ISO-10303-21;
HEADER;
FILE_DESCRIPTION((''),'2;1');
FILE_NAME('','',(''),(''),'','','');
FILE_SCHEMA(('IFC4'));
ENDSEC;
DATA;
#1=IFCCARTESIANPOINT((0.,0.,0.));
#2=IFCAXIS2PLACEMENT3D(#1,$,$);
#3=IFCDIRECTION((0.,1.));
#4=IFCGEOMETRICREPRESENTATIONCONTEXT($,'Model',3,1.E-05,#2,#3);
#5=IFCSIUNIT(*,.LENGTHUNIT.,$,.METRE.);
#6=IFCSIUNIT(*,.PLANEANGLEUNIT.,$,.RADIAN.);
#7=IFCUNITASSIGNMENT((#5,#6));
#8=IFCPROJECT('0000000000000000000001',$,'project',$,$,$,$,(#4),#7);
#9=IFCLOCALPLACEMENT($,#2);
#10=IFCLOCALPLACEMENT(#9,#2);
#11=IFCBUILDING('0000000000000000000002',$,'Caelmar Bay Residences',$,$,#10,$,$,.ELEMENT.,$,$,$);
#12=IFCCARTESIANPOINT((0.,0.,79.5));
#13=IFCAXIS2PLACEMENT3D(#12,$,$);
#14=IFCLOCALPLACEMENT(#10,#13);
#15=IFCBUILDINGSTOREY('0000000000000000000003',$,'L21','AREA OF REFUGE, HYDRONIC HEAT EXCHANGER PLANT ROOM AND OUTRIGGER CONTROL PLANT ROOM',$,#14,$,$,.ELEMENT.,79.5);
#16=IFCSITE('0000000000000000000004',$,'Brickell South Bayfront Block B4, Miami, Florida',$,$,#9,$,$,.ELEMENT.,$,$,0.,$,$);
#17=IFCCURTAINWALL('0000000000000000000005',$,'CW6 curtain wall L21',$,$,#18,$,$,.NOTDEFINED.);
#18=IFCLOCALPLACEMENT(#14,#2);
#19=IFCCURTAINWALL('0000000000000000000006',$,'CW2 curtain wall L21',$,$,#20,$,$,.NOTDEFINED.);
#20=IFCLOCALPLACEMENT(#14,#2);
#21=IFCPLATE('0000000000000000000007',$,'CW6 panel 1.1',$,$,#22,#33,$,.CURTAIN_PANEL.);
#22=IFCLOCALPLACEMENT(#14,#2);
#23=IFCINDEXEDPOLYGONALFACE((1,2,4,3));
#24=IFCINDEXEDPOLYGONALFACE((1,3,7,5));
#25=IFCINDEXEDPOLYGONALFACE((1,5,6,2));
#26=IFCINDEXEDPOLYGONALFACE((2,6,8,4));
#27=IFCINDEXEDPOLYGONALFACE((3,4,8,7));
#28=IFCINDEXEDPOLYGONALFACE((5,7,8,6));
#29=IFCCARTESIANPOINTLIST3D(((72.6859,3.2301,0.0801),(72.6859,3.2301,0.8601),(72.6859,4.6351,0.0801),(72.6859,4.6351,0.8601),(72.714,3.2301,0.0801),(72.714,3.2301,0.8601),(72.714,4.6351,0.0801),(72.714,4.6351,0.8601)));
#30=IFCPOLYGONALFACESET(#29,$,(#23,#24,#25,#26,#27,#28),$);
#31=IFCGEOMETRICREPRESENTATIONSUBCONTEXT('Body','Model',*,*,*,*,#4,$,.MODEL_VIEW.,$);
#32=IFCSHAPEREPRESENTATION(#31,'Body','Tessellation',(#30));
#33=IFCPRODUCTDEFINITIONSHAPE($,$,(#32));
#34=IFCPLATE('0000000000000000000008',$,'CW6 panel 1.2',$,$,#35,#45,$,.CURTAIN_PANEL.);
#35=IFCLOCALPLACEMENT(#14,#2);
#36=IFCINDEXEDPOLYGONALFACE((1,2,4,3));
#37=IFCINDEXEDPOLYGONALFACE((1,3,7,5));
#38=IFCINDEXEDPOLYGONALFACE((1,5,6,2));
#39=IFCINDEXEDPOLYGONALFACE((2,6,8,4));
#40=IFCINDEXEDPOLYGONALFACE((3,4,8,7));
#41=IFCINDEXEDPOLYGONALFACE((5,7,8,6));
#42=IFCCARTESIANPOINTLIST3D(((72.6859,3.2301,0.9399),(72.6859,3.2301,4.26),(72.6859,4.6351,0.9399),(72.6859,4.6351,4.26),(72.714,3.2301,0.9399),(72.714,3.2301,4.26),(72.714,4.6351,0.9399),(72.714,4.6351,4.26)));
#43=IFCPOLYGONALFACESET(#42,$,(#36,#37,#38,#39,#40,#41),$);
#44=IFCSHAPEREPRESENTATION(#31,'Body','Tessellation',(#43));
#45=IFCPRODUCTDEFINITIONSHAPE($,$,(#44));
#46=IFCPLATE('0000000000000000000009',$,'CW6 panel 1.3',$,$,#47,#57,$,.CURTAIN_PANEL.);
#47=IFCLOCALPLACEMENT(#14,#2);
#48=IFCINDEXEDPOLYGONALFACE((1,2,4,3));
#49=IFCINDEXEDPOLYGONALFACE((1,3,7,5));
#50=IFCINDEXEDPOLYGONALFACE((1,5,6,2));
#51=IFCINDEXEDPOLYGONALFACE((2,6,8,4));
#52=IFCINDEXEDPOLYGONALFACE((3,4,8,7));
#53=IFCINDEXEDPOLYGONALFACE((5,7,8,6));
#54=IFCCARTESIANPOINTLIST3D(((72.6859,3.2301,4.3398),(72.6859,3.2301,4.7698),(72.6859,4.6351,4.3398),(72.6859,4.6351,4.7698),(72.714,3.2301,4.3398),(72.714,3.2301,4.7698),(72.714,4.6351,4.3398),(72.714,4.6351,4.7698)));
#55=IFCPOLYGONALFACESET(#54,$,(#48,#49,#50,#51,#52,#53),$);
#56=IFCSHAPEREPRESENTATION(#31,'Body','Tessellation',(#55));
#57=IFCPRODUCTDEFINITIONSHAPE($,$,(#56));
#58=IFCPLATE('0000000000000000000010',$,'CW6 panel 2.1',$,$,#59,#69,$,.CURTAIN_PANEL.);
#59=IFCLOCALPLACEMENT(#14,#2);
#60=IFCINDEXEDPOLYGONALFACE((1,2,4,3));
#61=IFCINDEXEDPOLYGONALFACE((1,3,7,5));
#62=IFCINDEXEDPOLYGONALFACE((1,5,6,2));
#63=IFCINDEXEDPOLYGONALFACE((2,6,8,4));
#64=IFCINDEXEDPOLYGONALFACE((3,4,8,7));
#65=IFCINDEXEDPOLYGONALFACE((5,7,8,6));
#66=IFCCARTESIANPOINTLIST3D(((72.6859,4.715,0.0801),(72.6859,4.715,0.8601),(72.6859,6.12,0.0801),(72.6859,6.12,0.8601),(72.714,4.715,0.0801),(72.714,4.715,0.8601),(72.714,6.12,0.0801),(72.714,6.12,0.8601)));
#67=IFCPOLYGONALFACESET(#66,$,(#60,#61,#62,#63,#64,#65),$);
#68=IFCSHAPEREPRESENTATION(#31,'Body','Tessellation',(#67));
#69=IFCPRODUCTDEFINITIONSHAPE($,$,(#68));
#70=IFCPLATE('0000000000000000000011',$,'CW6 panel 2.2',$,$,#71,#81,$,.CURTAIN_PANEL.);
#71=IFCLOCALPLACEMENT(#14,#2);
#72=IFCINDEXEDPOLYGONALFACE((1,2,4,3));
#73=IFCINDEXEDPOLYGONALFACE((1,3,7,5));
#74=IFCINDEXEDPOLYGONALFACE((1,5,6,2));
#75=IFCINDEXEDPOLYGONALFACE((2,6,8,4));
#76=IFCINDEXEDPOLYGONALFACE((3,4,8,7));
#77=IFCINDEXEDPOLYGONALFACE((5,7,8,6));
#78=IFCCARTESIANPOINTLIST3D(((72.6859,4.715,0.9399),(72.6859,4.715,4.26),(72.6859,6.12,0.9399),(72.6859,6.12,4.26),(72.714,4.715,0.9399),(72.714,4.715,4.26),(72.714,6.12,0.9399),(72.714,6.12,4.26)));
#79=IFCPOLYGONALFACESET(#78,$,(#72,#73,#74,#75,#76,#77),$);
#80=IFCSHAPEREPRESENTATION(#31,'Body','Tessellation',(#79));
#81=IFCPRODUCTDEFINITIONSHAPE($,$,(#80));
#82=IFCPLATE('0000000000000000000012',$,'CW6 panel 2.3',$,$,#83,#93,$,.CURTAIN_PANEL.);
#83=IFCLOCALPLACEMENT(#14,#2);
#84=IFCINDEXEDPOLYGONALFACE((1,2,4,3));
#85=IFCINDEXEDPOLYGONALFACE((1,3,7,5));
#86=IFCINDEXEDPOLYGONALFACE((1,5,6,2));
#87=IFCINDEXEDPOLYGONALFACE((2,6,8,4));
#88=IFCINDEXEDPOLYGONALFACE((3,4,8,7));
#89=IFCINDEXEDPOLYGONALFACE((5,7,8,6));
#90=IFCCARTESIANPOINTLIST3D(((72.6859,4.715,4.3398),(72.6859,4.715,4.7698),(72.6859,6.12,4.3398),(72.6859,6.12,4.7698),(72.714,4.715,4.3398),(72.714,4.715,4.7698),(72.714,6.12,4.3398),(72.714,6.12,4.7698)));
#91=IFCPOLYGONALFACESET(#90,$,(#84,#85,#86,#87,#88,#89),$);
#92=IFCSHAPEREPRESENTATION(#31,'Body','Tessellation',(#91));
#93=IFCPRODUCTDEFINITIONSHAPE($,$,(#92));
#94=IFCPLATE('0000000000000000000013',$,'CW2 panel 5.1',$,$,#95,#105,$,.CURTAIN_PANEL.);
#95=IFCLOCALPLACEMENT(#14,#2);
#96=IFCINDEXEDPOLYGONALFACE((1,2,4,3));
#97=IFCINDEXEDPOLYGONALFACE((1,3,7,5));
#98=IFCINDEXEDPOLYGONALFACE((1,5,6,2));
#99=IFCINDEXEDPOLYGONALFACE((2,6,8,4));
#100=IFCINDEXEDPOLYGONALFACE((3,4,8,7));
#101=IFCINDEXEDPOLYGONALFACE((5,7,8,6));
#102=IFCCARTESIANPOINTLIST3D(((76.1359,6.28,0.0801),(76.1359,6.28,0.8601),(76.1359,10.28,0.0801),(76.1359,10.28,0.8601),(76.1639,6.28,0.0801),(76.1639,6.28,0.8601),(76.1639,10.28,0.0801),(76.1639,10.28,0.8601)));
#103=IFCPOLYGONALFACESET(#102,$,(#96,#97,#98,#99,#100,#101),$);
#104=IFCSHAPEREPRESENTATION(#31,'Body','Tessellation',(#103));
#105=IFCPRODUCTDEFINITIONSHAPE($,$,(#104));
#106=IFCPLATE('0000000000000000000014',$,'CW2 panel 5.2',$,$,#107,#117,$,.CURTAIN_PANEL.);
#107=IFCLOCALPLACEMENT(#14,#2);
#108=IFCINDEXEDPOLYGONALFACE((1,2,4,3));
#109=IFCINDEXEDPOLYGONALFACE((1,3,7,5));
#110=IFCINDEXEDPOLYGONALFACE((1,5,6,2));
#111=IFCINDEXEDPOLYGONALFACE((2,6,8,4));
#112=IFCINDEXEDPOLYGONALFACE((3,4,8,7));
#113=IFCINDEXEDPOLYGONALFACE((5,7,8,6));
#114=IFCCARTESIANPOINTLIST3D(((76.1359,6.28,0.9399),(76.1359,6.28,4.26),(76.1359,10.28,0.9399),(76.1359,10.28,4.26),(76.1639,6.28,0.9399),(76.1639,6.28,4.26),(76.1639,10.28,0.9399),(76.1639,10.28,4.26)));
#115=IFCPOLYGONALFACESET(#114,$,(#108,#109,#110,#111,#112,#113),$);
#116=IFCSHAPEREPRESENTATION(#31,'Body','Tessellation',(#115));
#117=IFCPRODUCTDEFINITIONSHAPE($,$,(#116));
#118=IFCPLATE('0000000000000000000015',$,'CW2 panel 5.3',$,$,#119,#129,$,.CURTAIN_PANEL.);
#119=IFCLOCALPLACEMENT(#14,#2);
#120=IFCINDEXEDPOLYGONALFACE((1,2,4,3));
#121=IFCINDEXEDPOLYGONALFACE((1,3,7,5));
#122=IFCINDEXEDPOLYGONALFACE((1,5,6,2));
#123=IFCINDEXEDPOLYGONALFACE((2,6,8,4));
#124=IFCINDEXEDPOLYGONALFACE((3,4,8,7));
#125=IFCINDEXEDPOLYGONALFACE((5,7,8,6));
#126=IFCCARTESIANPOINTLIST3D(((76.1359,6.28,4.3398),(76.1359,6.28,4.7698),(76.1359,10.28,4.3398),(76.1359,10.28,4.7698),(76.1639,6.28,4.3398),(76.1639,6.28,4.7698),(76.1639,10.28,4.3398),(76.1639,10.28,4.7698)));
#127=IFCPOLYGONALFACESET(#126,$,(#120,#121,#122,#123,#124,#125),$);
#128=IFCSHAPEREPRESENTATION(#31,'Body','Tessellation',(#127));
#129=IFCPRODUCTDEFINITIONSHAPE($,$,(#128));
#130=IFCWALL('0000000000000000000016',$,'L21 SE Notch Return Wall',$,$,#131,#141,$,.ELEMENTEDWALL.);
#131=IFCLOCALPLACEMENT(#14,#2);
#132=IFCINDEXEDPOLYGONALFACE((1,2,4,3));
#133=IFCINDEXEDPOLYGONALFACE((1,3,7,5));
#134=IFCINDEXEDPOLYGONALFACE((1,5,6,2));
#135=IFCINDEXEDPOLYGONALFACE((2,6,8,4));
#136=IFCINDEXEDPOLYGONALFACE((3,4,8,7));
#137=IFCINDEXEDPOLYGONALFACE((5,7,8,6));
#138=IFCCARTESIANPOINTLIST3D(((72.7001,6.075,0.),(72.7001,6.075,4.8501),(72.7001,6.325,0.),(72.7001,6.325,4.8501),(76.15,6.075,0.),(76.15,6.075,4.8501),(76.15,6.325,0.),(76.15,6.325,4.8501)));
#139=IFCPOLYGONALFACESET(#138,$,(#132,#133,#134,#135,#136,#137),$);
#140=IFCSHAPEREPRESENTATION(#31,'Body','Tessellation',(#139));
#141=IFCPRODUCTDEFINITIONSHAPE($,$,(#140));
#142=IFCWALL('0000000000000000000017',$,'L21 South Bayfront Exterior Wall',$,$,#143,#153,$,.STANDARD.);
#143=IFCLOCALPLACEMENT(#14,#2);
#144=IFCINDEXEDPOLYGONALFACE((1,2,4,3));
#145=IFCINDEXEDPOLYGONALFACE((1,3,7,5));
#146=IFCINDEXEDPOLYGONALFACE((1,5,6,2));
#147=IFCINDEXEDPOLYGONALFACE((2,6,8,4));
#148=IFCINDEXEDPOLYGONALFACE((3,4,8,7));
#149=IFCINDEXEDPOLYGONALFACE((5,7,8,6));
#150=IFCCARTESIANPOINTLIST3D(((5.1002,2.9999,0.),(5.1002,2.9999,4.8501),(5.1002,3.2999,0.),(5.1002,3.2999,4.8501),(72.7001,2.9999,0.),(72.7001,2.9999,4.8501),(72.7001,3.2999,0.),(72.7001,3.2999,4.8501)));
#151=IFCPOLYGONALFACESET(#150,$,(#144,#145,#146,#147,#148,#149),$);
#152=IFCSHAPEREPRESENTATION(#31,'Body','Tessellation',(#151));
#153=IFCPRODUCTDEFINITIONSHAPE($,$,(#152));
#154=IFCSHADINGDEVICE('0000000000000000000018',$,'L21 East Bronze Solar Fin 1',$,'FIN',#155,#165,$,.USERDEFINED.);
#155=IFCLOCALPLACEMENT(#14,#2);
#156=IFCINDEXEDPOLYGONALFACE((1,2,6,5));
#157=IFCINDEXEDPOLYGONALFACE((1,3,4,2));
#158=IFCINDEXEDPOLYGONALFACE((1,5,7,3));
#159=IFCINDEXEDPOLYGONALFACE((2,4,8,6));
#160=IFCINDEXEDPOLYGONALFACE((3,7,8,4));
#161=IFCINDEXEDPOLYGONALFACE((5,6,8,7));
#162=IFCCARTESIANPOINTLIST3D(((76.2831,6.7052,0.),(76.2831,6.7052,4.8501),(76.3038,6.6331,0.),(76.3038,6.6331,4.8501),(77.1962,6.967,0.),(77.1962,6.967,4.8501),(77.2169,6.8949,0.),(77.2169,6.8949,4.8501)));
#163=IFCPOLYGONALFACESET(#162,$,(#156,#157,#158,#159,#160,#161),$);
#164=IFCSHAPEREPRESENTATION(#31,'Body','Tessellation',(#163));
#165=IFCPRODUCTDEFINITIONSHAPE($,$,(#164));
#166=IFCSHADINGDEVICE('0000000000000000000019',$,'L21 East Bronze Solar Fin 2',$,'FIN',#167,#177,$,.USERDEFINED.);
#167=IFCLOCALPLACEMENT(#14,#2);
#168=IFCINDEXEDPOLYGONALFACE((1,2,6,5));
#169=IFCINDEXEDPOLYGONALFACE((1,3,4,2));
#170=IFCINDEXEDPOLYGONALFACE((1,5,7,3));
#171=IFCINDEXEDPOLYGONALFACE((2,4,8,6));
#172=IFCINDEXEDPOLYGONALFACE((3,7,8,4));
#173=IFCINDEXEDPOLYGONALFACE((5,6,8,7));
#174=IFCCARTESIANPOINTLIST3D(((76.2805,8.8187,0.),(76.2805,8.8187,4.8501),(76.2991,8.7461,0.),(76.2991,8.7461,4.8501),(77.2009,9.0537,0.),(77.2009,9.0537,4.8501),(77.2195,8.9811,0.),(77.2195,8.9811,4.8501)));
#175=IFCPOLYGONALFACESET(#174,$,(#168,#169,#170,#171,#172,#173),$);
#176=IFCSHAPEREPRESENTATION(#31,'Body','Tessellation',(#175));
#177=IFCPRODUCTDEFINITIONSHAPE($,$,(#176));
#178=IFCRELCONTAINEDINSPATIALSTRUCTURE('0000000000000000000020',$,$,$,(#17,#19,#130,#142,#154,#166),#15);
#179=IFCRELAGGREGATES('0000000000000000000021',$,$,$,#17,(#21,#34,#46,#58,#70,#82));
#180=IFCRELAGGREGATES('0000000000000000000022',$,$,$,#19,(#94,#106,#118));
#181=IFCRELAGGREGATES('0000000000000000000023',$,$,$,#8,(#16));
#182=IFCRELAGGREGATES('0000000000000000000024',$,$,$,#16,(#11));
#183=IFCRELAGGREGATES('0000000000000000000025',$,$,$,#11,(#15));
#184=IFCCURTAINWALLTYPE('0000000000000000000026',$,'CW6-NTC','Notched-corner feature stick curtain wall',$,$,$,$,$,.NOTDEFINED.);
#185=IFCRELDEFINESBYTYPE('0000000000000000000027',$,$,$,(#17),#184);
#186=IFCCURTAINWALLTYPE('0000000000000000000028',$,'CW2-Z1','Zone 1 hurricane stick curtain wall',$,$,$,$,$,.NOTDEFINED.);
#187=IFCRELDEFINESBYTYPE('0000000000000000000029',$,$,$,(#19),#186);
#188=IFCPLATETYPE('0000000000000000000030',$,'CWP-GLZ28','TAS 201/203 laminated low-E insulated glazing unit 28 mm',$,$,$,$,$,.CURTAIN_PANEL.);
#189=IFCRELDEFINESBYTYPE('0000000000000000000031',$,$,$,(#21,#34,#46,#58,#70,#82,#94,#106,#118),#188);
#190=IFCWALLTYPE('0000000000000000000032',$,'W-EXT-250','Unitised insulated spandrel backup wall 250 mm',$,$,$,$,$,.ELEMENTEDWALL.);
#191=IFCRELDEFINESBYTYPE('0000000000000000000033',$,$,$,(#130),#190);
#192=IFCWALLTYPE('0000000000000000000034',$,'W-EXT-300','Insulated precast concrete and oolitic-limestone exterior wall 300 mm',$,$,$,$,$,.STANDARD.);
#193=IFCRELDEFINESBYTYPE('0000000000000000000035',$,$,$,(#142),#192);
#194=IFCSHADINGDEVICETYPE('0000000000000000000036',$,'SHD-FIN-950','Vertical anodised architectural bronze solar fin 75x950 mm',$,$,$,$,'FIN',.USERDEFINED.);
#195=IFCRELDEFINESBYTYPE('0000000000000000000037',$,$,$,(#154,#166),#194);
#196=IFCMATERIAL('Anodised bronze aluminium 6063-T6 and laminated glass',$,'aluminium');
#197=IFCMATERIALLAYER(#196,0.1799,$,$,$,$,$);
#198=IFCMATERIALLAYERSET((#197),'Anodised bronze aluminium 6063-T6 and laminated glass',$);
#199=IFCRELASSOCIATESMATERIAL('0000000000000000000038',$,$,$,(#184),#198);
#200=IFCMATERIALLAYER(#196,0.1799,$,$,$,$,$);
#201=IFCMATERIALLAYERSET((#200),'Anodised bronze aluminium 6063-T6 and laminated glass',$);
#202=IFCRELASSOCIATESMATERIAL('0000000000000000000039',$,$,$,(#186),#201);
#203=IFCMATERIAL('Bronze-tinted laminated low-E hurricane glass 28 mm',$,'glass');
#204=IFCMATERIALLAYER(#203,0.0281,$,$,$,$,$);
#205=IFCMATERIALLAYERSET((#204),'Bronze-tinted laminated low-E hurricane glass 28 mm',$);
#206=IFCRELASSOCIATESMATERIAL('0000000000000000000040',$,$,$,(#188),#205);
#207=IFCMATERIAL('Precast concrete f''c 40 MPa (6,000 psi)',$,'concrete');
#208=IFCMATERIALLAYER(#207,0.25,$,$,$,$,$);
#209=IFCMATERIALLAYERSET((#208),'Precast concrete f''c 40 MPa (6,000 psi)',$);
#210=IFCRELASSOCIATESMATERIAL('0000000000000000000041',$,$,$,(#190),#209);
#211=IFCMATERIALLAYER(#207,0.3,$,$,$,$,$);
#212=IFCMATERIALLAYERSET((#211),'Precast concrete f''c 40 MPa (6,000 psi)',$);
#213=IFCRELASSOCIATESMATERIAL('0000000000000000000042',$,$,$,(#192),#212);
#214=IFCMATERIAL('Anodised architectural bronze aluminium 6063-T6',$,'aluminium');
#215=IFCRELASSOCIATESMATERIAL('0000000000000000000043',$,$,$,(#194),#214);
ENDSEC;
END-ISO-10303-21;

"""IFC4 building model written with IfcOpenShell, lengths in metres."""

from ifc_helpers import new_model, si_unit, direction, frame, frame_2d, origin, origin_2d, place, context, subcontext, project, spatial, rectangle, extrude, material, layer, layer_set, material_profile, profile_set, type_object, element, aggregate, save


model = new_model("IFC4")

# Units and contexts
model_context = context("Model", 3, precision=1e-05, world=origin(), true_north=direction((0.0, 1.0)))
body_context = subcontext(model_context, "Body", "Model", "MODEL_VIEW")
ifc_project = project(units=[si_unit("LENGTHUNIT", "METRE"), si_unit("PLANEANGLEUNIT", "RADIAN")], contexts=[model_context])

# Site, building, storey
site_placement = place(None, origin())
site = spatial("IfcSite", under=ifc_project, at=site_placement, Name="Brickell South Bayfront Block B4, Miami, Florida", CompositionType="ELEMENT", RefElevation=0.0)
building_placement = place(site_placement, origin())
building = spatial("IfcBuilding", under=site, at=building_placement, Name="Caelmar Bay Residences", CompositionType="ELEMENT")
storey_placement = place(building_placement, frame((0.0, 0.0, 79.5)))
storey = spatial("IfcBuildingStorey", under=building, at=storey_placement, Name="L21", Description="AREA OF REFUGE, HYDRONIC HEAT EXCHANGER PLANT ROOM AND OUTRIGGER CONTROL PLANT ROOM", CompositionType="ELEMENT", Elevation=79.5)

# Curtain wall
ifc_material_1 = material(Name="Anodised bronze aluminium 6063-T6 and laminated glass", Category="aluminium")
ifc_layer_1 = layer(ifc_material_1, 0.1799)
ifc_layer_set_1 = layer_set([ifc_layer_1], Name="Anodised bronze aluminium 6063-T6 and laminated glass")
curtain_wall_type_1 = type_object("IfcCurtainWallType", Name="CW6-NTC", Description="Notched-corner feature stick curtain wall", PredefinedType="NOTDEFINED", material=ifc_layer_set_1)
curtain_wall_1_placement = place(storey_placement, origin())
curtain_wall_1 = element("IfcCurtainWall", 1, at=curtain_wall_1_placement, inside=storey, type_object=curtain_wall_type_1, Name="CW6 curtain wall L21", PredefinedType="NOTDEFINED")

# Curtain wall
ifc_layer_2 = layer(ifc_material_1, 0.1799)
ifc_layer_set_2 = layer_set([ifc_layer_2], Name="Anodised bronze aluminium 6063-T6 and laminated glass")
curtain_wall_type_2 = type_object("IfcCurtainWallType", Name="CW2-Z1", Description="Zone 1 hurricane stick curtain wall", PredefinedType="NOTDEFINED", material=ifc_layer_set_2)
curtain_wall_2_placement = place(storey_placement, origin())
curtain_wall_2 = element("IfcCurtainWall", 2, at=curtain_wall_2_placement, inside=storey, type_object=curtain_wall_type_2, Name="CW2 curtain wall L21", PredefinedType="NOTDEFINED")

# Plates
ifc_material_2 = material(Name="Bronze-tinted laminated low-E hurricane glass 28 mm", Category="glass")
ifc_layer_3 = layer(ifc_material_2, 0.0281)
ifc_layer_set_3 = layer_set([ifc_layer_3], Name="Bronze-tinted laminated low-E hurricane glass 28 mm")
plate_type = type_object("IfcPlateType", Name="CWP-GLZ28", Description="TAS 201/203 laminated low-E insulated glazing unit 28 mm", PredefinedType="CURTAIN_PANEL", material=ifc_layer_set_3)
plate_1_placement = place(storey_placement, frame((72.7, 3.9326, 0.0801), z_axis=(0.0, 0.0, 1.0), x_axis=(0.0, 1.0, 0.0)))
plate_1 = element("IfcPlate", 3, at=plate_1_placement, type_object=plate_type, Name="CW6 panel 1.1", PredefinedType="CURTAIN_PANEL", context=body_context, shape_type="SweptSolid", body=[
    extrude(rectangle(XDim=1.405, YDim=0.0281, at=origin_2d()), origin(), (0.0, 0.0, 1.0), 0.78),
])
plate_2_placement = place(storey_placement, frame((72.7, 3.9326, 0.9399), z_axis=(0.0, 0.0, 1.0), x_axis=(0.0, 1.0, 0.0)))
plate_2 = element("IfcPlate", 4, at=plate_2_placement, type_object=plate_type, Name="CW6 panel 1.2", PredefinedType="CURTAIN_PANEL", context=body_context, shape_type="SweptSolid", body=[
    extrude(rectangle(XDim=1.405, YDim=0.0281, at=origin_2d()), origin(), (0.0, 0.0, 1.0), 3.3201),
])
plate_3_placement = place(storey_placement, frame((72.7, 3.9326, 4.3398), z_axis=(0.0, 0.0, 1.0), x_axis=(0.0, 1.0, 0.0)))
plate_3 = element("IfcPlate", 5, at=plate_3_placement, type_object=plate_type, Name="CW6 panel 1.3", PredefinedType="CURTAIN_PANEL", context=body_context, shape_type="SweptSolid", body=[
    extrude(rectangle(XDim=1.405, YDim=0.0281, at=origin_2d()), origin(), (0.0, 0.0, 1.0), 0.4299),
])
plate_4_placement = place(storey_placement, frame((72.7, 5.4175, 0.0801), z_axis=(0.0, 0.0, 1.0), x_axis=(0.0, 1.0, 0.0)))
plate_4 = element("IfcPlate", 6, at=plate_4_placement, type_object=plate_type, Name="CW6 panel 2.1", PredefinedType="CURTAIN_PANEL", context=body_context, shape_type="SweptSolid", body=[
    extrude(rectangle(XDim=1.405, YDim=0.0281, at=origin_2d()), origin(), (0.0, 0.0, 1.0), 0.78),
])
plate_5_placement = place(storey_placement, frame((72.7, 5.4175, 0.9399), z_axis=(0.0, 0.0, 1.0), x_axis=(0.0, 1.0, 0.0)))
plate_5 = element("IfcPlate", 7, at=plate_5_placement, type_object=plate_type, Name="CW6 panel 2.2", PredefinedType="CURTAIN_PANEL", context=body_context, shape_type="SweptSolid", body=[
    extrude(rectangle(XDim=1.405, YDim=0.0281, at=origin_2d()), origin(), (0.0, 0.0, 1.0), 3.3201),
])
plate_6_placement = place(storey_placement, frame((72.7, 5.4175, 4.3398), z_axis=(0.0, 0.0, 1.0), x_axis=(0.0, 1.0, 0.0)))
plate_6 = element("IfcPlate", 8, at=plate_6_placement, type_object=plate_type, Name="CW6 panel 2.3", PredefinedType="CURTAIN_PANEL", context=body_context, shape_type="SweptSolid", body=[
    extrude(rectangle(XDim=1.405, YDim=0.0281, at=origin_2d()), origin(), (0.0, 0.0, 1.0), 0.4299),
])
aggregate(curtain_wall_1, [plate_1, plate_2, plate_3, plate_4, plate_5, plate_6])
plate_7_placement = place(storey_placement, frame((76.1499, 8.28, 0.0801), z_axis=(0.0, 0.0, 1.0), x_axis=(0.0, -1.0, 0.0)))
plate_7 = element("IfcPlate", 9, at=plate_7_placement, type_object=plate_type, Name="CW2 panel 5.1", PredefinedType="CURTAIN_PANEL", context=body_context, shape_type="SweptSolid", body=[
    extrude(rectangle(XDim=4.0, YDim=0.0281, at=origin_2d()), origin(), (0.0, 0.0, 1.0), 0.78),
])
plate_8_placement = place(storey_placement, frame((76.1499, 8.28, 0.9399), z_axis=(0.0, 0.0, 1.0), x_axis=(0.0, -1.0, 0.0)))
plate_8 = element("IfcPlate", 10, at=plate_8_placement, type_object=plate_type, Name="CW2 panel 5.2", PredefinedType="CURTAIN_PANEL", context=body_context, shape_type="SweptSolid", body=[
    extrude(rectangle(XDim=4.0, YDim=0.0281, at=origin_2d()), origin(), (0.0, 0.0, 1.0), 3.3201),
])
plate_9_placement = place(storey_placement, frame((76.1499, 8.28, 4.3398), z_axis=(0.0, 0.0, 1.0), x_axis=(0.0, -1.0, 0.0)))
plate_9 = element("IfcPlate", 11, at=plate_9_placement, type_object=plate_type, Name="CW2 panel 5.3", PredefinedType="CURTAIN_PANEL", context=body_context, shape_type="SweptSolid", body=[
    extrude(rectangle(XDim=4.0, YDim=0.0281, at=origin_2d()), origin(), (0.0, 0.0, 1.0), 0.4299),
])
aggregate(curtain_wall_2, [plate_7, plate_8, plate_9])

# Walls
ifc_material_3 = material(Name="Precast concrete f'c 40 MPa (6,000 psi)", Category="concrete")
ifc_layer_4 = layer(ifc_material_3, 0.25)
ifc_layer_set_4 = layer_set([ifc_layer_4], Name="Precast concrete f'c 40 MPa (6,000 psi)")
wall_type_1 = type_object("IfcWallType", Name="W-EXT-250", Description="Unitised insulated spandrel backup wall 250 mm", PredefinedType="ELEMENTEDWALL", material=ifc_layer_set_4)
wall_1_placement = place(storey_placement, frame((72.7, 6.2, 0.0), z_axis=(0.0, 0.0, 1.0), x_axis=(1.0, 0.0, 0.0)))
element("IfcWall", 12, at=wall_1_placement, inside=storey, type_object=wall_type_1, Name="L21 SE Notch Return Wall", PredefinedType="ELEMENTEDWALL", context=body_context, shape_type="SweptSolid", body=[
    extrude(rectangle(XDim=3.45, YDim=0.25, at=frame_2d((1.7251, 0.0))), origin(), (0.0, 0.0, 1.0), 4.8501),
])
ifc_layer_5 = layer(ifc_material_3, 0.3)
ifc_layer_set_5 = layer_set([ifc_layer_5], Name="Precast concrete f'c 40 MPa (6,000 psi)")
wall_type_2 = type_object("IfcWallType", Name="W-EXT-300", Description="Insulated precast concrete and oolitic-limestone exterior wall 300 mm", PredefinedType="STANDARD", material=ifc_layer_set_5)
wall_2_placement = place(storey_placement, frame((72.7, 3.1499, 0.0), z_axis=(0.0, 0.0, 1.0), x_axis=(-1.0, 0.0, 0.0)))
element("IfcWall", 13, at=wall_2_placement, inside=storey, type_object=wall_type_2, Name="L21 South Bayfront Exterior Wall", PredefinedType="STANDARD", context=body_context, shape_type="SweptSolid", body=[
    extrude(rectangle(XDim=67.5999, YDim=0.3, at=frame_2d((33.7998, 0.0))), origin(), (0.0, 0.0, 1.0), 4.8501),
])

# Shading devices
ifc_material_4 = material(Name="Anodised architectural bronze aluminium 6063-T6", Category="aluminium")
ifc_material_profile_1 = material_profile(ifc_material_4, rectangle(XDim=0.075, YDim=0.95, at=origin_2d()), Name="BRONZE-FIN-75X950")
ifc_profile_set_1 = profile_set([ifc_material_profile_1], Name="Anodised architectural bronze aluminium 6063-T6")
shading_device_type = type_object("IfcShadingDeviceType", Name="SHD-FIN-950", Description="Vertical anodised architectural bronze solar fin 75x950 mm", ElementType="FIN", PredefinedType="USERDEFINED", material=ifc_profile_set_1)
for number, where, z_axis, x_axis, name in (
    (14, (76.75, 6.8, 0.0), (0.0, 0.0, 1.0), (-0.275637, 0.961262, 0.0), "L21 East Bronze Solar Fin 1"),
    (15, (76.75, 8.8999, 0.0), (0.0, 0.0, 1.0), (-0.247337, 0.968929, 0.0), "L21 East Bronze Solar Fin 2"),
):
    element("IfcShadingDevice", number, at=place(storey_placement, frame(where, z_axis=z_axis, x_axis=x_axis)), inside=storey, type_object=shading_device_type, Name=name, ObjectType="FIN", PredefinedType="USERDEFINED", context=body_context, shape_type="SweptSolid", body=[
        extrude(rectangle(XDim=0.075, YDim=0.95, at=origin_2d()), origin(), (0.0, 0.0, 1.0), 4.8501),
    ])

save(model, "model.ifc")
